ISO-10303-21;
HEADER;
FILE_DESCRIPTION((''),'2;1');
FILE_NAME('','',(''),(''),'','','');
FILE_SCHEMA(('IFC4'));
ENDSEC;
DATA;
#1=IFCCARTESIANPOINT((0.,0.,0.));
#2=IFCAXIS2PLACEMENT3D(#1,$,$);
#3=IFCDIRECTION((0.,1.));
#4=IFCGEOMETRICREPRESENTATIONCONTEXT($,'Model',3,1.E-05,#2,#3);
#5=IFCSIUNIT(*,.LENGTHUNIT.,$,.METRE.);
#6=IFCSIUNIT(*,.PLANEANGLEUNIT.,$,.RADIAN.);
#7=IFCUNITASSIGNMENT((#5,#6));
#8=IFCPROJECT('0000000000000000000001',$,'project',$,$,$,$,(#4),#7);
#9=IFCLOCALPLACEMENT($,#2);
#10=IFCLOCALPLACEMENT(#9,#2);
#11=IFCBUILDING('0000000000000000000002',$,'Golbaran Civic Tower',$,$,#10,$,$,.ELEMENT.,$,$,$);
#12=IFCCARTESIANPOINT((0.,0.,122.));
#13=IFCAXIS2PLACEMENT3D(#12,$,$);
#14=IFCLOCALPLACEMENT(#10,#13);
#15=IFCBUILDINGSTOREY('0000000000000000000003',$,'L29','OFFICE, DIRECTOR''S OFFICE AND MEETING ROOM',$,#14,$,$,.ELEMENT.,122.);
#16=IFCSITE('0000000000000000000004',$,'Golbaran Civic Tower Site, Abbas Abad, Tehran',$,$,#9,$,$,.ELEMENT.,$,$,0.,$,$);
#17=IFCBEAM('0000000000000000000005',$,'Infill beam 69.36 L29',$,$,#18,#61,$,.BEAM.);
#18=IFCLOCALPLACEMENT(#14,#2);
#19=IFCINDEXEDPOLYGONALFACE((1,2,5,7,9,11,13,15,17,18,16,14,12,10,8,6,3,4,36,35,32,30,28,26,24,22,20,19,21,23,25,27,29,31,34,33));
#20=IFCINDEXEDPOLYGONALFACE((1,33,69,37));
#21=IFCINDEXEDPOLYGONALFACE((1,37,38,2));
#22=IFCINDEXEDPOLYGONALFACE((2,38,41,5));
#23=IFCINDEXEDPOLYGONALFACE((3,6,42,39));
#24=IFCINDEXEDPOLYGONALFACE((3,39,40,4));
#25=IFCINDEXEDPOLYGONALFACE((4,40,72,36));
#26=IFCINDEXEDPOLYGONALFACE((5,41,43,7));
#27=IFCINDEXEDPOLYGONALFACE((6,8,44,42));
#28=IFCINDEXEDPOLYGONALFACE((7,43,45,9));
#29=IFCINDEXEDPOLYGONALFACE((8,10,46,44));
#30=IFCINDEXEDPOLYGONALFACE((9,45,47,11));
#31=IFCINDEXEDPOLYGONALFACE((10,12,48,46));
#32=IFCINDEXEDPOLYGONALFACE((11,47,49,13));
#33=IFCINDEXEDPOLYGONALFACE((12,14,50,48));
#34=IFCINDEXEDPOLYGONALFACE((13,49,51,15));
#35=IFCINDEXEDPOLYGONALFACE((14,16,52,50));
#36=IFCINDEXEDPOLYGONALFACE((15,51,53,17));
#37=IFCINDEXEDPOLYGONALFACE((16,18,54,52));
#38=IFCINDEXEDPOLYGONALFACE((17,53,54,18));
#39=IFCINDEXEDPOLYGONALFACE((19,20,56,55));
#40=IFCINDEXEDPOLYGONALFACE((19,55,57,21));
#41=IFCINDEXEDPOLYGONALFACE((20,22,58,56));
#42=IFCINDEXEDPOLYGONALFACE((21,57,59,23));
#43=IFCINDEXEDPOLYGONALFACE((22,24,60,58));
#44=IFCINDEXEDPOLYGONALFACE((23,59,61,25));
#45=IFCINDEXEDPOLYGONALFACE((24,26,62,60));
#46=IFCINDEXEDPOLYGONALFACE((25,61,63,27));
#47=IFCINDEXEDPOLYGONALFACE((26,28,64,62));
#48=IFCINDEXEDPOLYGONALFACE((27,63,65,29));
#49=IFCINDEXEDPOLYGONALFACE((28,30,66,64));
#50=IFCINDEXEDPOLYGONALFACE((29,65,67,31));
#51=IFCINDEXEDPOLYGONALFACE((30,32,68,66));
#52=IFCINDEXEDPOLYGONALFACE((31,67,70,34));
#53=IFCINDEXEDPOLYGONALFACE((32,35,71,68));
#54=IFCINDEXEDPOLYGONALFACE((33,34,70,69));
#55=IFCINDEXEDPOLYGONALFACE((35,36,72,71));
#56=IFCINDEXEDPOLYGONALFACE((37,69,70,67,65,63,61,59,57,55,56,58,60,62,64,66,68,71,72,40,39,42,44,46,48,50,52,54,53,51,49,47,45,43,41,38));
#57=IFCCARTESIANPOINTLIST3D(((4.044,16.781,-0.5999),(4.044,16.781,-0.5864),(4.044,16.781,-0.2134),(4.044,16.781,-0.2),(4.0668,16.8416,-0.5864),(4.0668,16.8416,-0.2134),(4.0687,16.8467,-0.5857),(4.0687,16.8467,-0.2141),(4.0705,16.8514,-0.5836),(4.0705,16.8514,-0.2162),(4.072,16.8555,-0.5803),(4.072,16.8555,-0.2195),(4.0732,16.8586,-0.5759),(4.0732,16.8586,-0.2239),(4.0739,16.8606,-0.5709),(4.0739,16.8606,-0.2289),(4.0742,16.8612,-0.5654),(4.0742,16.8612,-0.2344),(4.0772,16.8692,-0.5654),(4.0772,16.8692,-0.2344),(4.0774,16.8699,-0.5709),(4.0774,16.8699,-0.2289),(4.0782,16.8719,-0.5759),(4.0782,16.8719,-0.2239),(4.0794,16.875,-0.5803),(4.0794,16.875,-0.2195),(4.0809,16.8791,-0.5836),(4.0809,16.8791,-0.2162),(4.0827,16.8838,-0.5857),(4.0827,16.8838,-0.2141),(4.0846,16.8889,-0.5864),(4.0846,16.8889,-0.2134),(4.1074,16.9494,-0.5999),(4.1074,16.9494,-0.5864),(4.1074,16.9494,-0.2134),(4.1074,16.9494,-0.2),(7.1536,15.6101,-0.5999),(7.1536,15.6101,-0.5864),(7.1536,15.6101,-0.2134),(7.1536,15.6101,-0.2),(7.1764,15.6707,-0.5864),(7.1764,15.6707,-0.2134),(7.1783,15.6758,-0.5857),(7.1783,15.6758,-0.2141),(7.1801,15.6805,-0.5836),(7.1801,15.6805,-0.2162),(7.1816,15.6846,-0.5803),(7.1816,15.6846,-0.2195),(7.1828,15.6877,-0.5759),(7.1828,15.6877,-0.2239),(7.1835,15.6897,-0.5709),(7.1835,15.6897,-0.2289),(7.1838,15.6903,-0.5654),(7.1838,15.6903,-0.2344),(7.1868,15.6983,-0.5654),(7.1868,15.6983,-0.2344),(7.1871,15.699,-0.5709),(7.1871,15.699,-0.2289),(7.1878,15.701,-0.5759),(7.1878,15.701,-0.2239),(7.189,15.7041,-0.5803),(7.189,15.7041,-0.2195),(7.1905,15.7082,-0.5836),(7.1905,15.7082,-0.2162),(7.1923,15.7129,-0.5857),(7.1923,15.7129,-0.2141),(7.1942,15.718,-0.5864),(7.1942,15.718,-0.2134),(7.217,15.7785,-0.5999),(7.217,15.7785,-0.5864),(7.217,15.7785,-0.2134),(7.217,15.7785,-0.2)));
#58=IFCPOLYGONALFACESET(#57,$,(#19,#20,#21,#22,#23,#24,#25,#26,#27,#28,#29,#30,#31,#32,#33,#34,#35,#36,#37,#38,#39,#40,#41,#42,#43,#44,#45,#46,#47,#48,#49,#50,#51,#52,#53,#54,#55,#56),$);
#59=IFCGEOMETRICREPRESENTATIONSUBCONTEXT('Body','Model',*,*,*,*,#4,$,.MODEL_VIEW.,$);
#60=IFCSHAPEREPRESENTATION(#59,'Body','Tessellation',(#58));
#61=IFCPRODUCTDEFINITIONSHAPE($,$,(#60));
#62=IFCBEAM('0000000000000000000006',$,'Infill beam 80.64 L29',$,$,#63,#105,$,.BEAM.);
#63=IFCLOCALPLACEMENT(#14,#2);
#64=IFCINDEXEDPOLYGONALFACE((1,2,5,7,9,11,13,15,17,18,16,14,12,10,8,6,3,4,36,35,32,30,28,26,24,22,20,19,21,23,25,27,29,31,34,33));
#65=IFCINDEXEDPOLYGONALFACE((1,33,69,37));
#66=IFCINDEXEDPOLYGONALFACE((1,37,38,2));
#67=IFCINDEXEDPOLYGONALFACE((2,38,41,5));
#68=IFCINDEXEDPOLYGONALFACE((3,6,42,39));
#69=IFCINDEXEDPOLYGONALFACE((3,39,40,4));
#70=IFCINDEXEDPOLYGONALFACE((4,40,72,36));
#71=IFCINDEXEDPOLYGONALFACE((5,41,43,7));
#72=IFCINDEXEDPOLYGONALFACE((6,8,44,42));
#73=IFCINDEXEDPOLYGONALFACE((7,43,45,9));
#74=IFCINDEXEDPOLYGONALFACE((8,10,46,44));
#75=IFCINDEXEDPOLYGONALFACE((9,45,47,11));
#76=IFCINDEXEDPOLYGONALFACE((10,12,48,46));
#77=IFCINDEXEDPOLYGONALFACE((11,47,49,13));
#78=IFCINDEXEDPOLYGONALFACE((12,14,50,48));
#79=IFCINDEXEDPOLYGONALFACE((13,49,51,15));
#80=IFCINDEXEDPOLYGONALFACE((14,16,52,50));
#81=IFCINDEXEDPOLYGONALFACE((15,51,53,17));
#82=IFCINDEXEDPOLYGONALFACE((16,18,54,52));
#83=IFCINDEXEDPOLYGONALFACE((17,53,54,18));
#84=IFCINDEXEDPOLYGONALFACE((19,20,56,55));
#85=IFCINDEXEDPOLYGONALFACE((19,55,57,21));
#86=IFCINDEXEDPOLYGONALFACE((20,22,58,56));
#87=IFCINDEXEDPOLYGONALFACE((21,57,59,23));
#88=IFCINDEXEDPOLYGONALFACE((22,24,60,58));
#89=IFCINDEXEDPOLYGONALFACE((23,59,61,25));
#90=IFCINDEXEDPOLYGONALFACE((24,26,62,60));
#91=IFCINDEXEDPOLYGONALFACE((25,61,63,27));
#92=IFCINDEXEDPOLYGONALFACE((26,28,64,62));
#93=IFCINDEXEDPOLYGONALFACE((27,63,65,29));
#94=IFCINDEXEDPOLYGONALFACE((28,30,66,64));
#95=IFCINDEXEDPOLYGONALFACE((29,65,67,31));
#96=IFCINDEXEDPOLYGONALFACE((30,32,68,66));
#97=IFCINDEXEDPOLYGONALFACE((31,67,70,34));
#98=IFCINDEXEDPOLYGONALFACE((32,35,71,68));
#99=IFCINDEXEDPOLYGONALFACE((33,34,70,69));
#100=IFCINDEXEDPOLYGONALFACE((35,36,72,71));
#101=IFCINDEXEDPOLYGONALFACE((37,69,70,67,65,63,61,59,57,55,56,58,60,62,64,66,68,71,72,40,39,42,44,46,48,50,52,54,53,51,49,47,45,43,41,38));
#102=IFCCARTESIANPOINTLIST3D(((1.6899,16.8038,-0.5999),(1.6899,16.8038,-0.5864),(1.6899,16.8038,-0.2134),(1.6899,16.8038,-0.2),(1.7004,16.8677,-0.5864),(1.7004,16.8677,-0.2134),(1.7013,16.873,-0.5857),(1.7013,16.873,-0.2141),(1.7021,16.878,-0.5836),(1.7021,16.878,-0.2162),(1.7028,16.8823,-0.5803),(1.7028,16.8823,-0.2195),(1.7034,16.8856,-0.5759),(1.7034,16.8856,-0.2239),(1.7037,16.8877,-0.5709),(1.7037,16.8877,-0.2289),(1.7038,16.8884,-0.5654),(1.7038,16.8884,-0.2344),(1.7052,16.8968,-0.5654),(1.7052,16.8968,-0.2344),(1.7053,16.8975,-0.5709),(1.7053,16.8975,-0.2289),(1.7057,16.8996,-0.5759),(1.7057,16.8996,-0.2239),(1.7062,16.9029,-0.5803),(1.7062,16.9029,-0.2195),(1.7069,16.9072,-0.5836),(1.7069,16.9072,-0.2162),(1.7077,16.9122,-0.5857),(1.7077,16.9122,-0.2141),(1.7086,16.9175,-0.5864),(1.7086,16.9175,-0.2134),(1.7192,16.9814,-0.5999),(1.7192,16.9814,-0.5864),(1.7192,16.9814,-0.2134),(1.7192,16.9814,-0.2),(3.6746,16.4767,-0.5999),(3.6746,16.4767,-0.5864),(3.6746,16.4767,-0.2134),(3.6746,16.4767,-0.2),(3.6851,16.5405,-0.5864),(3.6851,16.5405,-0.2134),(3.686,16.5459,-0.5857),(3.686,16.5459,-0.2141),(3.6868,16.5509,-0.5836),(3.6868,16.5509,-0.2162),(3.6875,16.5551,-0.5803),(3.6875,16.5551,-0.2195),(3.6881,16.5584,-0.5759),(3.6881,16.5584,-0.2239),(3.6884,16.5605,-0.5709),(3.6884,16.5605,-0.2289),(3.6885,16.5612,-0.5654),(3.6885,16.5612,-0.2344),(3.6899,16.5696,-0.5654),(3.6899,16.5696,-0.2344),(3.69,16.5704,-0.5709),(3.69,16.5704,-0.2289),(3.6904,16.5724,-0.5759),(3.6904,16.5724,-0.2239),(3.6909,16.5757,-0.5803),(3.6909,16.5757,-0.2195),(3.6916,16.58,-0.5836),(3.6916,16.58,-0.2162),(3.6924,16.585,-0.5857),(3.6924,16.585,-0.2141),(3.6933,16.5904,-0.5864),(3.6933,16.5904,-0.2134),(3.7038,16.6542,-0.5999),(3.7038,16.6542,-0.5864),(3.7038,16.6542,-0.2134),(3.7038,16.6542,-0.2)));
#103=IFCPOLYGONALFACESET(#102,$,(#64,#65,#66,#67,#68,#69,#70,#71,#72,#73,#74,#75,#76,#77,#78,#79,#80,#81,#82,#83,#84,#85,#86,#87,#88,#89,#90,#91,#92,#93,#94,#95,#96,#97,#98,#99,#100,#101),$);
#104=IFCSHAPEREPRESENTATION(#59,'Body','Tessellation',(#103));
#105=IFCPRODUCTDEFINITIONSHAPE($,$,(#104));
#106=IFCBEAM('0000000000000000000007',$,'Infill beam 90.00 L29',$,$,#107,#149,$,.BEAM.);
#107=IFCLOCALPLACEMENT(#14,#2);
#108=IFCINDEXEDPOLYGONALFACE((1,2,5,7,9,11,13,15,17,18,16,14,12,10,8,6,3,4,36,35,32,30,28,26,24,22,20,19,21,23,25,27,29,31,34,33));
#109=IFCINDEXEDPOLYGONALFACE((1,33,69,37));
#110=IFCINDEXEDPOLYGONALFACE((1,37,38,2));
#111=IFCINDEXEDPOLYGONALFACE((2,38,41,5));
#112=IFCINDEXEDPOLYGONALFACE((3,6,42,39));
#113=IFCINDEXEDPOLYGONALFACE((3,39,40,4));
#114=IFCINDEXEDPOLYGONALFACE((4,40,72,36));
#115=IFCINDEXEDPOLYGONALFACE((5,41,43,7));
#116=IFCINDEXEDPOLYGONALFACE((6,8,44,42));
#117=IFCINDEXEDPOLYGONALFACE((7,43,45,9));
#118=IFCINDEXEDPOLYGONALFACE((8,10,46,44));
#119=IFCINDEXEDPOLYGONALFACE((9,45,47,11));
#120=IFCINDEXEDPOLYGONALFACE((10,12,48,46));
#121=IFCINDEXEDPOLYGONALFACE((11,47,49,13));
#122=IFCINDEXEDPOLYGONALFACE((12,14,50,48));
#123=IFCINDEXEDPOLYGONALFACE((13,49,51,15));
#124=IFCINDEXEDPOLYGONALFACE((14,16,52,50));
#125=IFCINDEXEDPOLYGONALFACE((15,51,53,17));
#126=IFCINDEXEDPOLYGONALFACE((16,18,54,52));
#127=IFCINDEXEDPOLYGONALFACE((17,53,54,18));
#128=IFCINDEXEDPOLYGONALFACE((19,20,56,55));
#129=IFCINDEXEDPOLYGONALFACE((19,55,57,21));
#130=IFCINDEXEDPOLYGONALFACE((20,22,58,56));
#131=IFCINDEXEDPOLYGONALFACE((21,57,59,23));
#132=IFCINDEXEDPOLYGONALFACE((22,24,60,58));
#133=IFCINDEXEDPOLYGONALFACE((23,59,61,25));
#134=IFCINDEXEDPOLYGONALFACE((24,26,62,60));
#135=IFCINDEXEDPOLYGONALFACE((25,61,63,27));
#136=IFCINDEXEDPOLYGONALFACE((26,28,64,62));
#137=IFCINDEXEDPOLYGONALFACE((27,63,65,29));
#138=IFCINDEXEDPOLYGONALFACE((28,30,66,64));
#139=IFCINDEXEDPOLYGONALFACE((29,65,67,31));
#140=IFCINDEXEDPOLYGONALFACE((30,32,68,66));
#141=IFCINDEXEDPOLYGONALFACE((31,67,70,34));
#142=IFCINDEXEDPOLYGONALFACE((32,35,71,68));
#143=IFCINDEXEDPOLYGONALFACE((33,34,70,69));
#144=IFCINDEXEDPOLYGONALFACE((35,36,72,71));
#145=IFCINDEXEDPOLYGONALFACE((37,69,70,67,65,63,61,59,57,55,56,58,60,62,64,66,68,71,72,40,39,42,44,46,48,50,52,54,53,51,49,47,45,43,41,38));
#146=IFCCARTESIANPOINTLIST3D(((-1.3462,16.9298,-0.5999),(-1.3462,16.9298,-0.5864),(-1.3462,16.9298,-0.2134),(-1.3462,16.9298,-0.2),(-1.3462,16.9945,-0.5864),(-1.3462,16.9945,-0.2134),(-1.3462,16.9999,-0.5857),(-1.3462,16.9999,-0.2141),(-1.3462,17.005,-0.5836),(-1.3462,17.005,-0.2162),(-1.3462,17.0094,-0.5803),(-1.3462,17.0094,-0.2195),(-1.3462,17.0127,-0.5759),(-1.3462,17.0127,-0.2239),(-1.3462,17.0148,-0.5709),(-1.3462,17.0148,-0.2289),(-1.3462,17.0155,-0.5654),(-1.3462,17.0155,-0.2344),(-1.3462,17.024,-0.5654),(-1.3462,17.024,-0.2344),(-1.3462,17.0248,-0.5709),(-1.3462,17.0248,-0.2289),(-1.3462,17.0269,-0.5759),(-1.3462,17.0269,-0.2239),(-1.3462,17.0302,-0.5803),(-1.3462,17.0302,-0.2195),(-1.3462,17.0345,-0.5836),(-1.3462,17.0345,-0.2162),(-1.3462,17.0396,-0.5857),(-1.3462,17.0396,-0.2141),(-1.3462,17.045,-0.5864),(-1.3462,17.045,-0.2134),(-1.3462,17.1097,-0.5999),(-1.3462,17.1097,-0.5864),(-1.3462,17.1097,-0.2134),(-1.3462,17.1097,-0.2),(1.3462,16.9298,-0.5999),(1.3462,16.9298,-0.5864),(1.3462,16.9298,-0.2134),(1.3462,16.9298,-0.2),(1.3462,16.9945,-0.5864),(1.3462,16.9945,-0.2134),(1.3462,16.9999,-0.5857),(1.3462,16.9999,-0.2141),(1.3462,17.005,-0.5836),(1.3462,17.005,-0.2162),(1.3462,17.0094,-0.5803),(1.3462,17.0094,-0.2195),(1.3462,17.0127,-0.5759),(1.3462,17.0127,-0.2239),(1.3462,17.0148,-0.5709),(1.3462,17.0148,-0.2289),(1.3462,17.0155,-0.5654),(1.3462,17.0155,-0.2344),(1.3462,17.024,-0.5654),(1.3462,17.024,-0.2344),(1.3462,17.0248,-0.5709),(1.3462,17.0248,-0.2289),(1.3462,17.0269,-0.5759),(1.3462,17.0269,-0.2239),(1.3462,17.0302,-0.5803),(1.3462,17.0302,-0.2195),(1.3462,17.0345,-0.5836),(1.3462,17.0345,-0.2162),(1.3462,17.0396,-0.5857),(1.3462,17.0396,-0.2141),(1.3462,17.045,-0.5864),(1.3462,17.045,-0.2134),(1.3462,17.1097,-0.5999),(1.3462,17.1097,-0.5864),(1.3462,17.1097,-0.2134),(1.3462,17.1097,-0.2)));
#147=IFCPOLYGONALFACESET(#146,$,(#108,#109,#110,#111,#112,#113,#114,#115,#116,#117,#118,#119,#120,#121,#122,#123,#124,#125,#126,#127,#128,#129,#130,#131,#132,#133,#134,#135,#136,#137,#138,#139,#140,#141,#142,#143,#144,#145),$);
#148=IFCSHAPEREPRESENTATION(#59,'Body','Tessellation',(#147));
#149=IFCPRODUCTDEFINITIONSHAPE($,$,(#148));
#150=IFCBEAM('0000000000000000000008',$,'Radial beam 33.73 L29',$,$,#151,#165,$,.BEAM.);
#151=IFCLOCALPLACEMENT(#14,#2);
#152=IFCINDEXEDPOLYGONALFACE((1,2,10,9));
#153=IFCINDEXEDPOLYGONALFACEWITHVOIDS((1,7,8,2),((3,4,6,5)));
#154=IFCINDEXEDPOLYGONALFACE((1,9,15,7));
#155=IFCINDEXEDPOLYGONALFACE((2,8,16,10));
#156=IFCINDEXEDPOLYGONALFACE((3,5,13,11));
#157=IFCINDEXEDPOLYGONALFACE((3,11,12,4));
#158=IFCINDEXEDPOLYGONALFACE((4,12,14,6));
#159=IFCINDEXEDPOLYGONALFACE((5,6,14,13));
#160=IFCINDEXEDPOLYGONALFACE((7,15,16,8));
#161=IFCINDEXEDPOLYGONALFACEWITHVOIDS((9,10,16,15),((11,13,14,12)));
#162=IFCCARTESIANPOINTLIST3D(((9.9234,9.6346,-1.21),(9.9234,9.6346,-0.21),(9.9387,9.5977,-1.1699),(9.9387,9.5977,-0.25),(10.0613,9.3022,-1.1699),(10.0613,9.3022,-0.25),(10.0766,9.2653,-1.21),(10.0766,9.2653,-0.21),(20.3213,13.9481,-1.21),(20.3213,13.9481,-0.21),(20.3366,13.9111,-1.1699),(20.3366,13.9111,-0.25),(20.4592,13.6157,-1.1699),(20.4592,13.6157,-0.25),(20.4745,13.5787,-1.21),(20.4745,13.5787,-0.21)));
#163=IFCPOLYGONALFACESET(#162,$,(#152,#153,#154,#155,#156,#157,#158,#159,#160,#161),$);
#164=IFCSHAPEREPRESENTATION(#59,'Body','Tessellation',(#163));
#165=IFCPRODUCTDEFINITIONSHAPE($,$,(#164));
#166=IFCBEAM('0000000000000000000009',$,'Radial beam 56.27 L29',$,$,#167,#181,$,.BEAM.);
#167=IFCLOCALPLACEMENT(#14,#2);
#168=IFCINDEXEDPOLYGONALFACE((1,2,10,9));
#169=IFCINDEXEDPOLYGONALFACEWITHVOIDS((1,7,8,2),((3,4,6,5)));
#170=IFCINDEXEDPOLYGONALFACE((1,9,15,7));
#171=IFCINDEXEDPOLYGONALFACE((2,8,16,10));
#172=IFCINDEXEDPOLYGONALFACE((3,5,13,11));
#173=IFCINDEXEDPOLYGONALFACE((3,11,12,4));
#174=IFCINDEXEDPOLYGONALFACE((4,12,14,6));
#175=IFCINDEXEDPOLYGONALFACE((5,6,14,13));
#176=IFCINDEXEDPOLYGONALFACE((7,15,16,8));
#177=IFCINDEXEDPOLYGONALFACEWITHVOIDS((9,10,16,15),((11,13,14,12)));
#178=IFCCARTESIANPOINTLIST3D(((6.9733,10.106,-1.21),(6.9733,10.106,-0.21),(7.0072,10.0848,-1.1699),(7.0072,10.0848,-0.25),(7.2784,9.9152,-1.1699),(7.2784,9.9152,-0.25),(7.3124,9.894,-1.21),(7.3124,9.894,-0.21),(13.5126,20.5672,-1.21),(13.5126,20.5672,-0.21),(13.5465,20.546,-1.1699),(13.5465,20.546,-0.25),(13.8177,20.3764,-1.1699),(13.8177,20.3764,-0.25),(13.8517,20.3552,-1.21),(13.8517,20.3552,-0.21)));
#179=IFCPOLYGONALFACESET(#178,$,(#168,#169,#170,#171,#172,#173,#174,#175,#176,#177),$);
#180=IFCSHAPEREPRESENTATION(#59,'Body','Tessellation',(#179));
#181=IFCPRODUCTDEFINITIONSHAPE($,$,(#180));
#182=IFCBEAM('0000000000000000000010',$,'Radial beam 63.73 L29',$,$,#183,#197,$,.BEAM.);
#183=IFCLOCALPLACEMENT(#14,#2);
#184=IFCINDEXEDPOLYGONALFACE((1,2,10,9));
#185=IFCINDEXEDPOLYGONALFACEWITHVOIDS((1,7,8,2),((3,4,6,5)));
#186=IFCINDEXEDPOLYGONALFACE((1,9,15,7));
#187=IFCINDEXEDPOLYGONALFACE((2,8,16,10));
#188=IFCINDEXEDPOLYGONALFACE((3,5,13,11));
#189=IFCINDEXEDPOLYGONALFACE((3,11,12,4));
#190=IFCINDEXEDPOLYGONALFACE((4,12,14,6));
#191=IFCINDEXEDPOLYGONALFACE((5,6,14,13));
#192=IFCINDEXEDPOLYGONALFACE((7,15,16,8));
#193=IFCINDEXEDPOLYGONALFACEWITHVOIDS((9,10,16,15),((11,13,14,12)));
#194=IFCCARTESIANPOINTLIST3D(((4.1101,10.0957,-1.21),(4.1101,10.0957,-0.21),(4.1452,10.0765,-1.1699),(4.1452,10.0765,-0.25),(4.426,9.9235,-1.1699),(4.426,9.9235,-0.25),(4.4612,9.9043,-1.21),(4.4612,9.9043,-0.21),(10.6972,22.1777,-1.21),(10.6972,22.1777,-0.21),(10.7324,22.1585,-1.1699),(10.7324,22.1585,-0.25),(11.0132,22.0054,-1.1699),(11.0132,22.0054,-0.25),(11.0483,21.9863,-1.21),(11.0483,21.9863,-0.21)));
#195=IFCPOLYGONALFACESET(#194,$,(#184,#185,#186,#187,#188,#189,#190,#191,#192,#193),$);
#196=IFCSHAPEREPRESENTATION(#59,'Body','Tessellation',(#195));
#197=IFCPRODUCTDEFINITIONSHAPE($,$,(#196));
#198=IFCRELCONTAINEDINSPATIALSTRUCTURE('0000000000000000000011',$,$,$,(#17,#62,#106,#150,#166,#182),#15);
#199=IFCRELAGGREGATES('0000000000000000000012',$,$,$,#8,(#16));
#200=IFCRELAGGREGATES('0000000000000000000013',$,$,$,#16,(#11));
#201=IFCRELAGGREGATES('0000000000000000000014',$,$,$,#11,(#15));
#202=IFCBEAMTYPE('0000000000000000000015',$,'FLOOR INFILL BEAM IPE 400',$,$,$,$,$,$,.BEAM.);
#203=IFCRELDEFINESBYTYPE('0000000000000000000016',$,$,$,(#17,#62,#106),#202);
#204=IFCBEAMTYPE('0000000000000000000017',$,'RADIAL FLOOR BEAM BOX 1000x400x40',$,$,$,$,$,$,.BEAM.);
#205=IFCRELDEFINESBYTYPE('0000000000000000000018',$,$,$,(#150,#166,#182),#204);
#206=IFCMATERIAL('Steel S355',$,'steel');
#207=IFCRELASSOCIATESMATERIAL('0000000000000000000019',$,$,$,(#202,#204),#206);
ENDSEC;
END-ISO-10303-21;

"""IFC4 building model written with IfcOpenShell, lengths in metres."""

from ifc_helpers import new_model, si_unit, direction, frame, origin, origin_2d, place, context, subcontext, project, spatial, hollow_rectangle, i_section, extrude, material, material_profile, profile_set, type_object, element, save


model = new_model("IFC4")

# Units and contexts
model_context = context("Model", 3, precision=1e-05, world=origin(), true_north=direction((0.0, 1.0)))
body_context = subcontext(model_context, "Body", "Model", "MODEL_VIEW")
ifc_project = project(units=[si_unit("LENGTHUNIT", "METRE"), si_unit("PLANEANGLEUNIT", "RADIAN")], contexts=[model_context])

# Site, building, storey
site_placement = place(None, origin())
site = spatial("IfcSite", under=ifc_project, at=site_placement, Name="Golbaran Civic Tower Site, Abbas Abad, Tehran", CompositionType="ELEMENT", RefElevation=0.0)
building_placement = place(site_placement, origin())
building = spatial("IfcBuilding", under=site, at=building_placement, Name="Golbaran Civic Tower", CompositionType="ELEMENT")
storey_placement = place(building_placement, frame((0.0, 0.0, 122.0)))
storey = spatial("IfcBuildingStorey", under=building, at=storey_placement, Name="L29", Description="OFFICE, DIRECTOR'S OFFICE AND MEETING ROOM", CompositionType="ELEMENT", Elevation=122.0)

# Beams
ifc_material_1 = material(Name="Steel S355", Category="steel")
ifc_material_profile_1 = material_profile(ifc_material_1, i_section(OverallWidth=0.1799, OverallDepth=0.3999, WebThickness=0.0085, FlangeThickness=0.0134, FilletRadius=0.021, at=origin_2d()), Name="IPE 400")
ifc_profile_set_1 = profile_set([ifc_material_profile_1], Name="Steel S355")
beam_type_1 = type_object("IfcBeamType", Name="FLOOR INFILL BEAM IPE 400", PredefinedType="BEAM", material=ifc_profile_set_1)
beam_1_placement = place(storey_placement, frame((7.1853, 15.6943, -0.3999), z_axis=(-0.935854, 0.352387, 0.0), x_axis=(-0.352387, -0.935854, 0.0)))
element("IfcBeam", 1, at=beam_1_placement, inside=storey, type_object=beam_type_1, Name="Infill beam 69.36 L29", PredefinedType="BEAM", context=body_context, shape_type="SweptSolid", body=[
    extrude(i_section(OverallWidth=0.1799, OverallDepth=0.3999, WebThickness=0.0085, FlangeThickness=0.0134, FilletRadius=0.021, at=origin_2d()), origin(), (0.0, 0.0, 1.0), 3.3228),
])
beam_2_placement = place(storey_placement, frame((3.6892, 16.5654, -0.3999), z_axis=(-0.986684, 0.162647, 0.0), x_axis=(-0.162647, -0.986684, 0.0)))
element("IfcBeam", 2, at=beam_2_placement, inside=storey, type_object=beam_type_1, Name="Infill beam 80.64 L29", PredefinedType="BEAM", context=body_context, shape_type="SweptSolid", body=[
    extrude(i_section(OverallWidth=0.1799, OverallDepth=0.3999, WebThickness=0.0085, FlangeThickness=0.0134, FilletRadius=0.021, at=origin_2d()), origin(), (0.0, 0.0, 1.0), 2.0115),
])
beam_3_placement = place(storey_placement, frame((1.3462, 17.0198, -0.3999), z_axis=(-1.0, 0.0, 0.0), x_axis=(0.0, -1.0, 0.0)))
element("IfcBeam", 3, at=beam_3_placement, inside=storey, type_object=beam_type_1, Name="Infill beam 90.00 L29", PredefinedType="BEAM", context=body_context, shape_type="SweptSolid", body=[
    extrude(i_section(OverallWidth=0.1799, OverallDepth=0.3999, WebThickness=0.0085, FlangeThickness=0.0134, FilletRadius=0.021, at=origin_2d()), origin(), (0.0, 0.0, 1.0), 2.6924),
])
ifc_material_profile_2 = material_profile(ifc_material_1, hollow_rectangle(XDim=0.3999, YDim=1.0, WallThickness=0.04, at=origin_2d()), Name="BOX 1000x400x40")
ifc_profile_set_2 = profile_set([ifc_material_profile_2], Name="Steel S355")
beam_type_2 = type_object("IfcBeamType", Name="RADIAL FLOOR BEAM BOX 1000x400x40", PredefinedType="BEAM", material=ifc_profile_set_2)
beam_4_placement = place(storey_placement, frame((10.0, 9.45, -0.71), z_axis=(0.923675, 0.383177, 0.0), x_axis=(-0.383177, 0.923675, 0.0)))
element("IfcBeam", 4, at=beam_4_placement, inside=storey, type_object=beam_type_2, Name="Radial beam 33.73 L29", PredefinedType="BEAM", context=body_context, shape_type="SweptSolid", body=[
    extrude(hollow_rectangle(XDim=0.3999, YDim=1.0, WallThickness=0.04, at=origin_2d()), origin(), (0.0, 0.0, 1.0), 11.2571),
])
beam_5_placement = place(storey_placement, frame((7.1428, 10.0, -0.71), z_axis=(0.530061, 0.847959, 0.0), x_axis=(-0.847959, 0.530061, 0.0)))
element("IfcBeam", 5, at=beam_5_placement, inside=storey, type_object=beam_type_2, Name="Radial beam 56.27 L29", PredefinedType="BEAM", context=body_context, shape_type="SweptSolid", body=[
    extrude(hollow_rectangle(XDim=0.3999, YDim=1.0, WallThickness=0.04, at=origin_2d()), origin(), (0.0, 0.0, 1.0), 12.3369),
])
beam_6_placement = place(storey_placement, frame((4.2856, 10.0, -0.71), z_axis=(0.478682, 0.877988, 0.0), x_axis=(-0.877988, 0.478682, 0.0)))
element("IfcBeam", 6, at=beam_6_placement, inside=storey, type_object=beam_type_2, Name="Radial beam 63.73 L29", PredefinedType="BEAM", context=body_context, shape_type="SweptSolid", body=[
    extrude(hollow_rectangle(XDim=0.3999, YDim=1.0, WallThickness=0.04, at=origin_2d()), origin(), (0.0, 0.0, 1.0), 13.761),
])

save(model, "model.ifc")
